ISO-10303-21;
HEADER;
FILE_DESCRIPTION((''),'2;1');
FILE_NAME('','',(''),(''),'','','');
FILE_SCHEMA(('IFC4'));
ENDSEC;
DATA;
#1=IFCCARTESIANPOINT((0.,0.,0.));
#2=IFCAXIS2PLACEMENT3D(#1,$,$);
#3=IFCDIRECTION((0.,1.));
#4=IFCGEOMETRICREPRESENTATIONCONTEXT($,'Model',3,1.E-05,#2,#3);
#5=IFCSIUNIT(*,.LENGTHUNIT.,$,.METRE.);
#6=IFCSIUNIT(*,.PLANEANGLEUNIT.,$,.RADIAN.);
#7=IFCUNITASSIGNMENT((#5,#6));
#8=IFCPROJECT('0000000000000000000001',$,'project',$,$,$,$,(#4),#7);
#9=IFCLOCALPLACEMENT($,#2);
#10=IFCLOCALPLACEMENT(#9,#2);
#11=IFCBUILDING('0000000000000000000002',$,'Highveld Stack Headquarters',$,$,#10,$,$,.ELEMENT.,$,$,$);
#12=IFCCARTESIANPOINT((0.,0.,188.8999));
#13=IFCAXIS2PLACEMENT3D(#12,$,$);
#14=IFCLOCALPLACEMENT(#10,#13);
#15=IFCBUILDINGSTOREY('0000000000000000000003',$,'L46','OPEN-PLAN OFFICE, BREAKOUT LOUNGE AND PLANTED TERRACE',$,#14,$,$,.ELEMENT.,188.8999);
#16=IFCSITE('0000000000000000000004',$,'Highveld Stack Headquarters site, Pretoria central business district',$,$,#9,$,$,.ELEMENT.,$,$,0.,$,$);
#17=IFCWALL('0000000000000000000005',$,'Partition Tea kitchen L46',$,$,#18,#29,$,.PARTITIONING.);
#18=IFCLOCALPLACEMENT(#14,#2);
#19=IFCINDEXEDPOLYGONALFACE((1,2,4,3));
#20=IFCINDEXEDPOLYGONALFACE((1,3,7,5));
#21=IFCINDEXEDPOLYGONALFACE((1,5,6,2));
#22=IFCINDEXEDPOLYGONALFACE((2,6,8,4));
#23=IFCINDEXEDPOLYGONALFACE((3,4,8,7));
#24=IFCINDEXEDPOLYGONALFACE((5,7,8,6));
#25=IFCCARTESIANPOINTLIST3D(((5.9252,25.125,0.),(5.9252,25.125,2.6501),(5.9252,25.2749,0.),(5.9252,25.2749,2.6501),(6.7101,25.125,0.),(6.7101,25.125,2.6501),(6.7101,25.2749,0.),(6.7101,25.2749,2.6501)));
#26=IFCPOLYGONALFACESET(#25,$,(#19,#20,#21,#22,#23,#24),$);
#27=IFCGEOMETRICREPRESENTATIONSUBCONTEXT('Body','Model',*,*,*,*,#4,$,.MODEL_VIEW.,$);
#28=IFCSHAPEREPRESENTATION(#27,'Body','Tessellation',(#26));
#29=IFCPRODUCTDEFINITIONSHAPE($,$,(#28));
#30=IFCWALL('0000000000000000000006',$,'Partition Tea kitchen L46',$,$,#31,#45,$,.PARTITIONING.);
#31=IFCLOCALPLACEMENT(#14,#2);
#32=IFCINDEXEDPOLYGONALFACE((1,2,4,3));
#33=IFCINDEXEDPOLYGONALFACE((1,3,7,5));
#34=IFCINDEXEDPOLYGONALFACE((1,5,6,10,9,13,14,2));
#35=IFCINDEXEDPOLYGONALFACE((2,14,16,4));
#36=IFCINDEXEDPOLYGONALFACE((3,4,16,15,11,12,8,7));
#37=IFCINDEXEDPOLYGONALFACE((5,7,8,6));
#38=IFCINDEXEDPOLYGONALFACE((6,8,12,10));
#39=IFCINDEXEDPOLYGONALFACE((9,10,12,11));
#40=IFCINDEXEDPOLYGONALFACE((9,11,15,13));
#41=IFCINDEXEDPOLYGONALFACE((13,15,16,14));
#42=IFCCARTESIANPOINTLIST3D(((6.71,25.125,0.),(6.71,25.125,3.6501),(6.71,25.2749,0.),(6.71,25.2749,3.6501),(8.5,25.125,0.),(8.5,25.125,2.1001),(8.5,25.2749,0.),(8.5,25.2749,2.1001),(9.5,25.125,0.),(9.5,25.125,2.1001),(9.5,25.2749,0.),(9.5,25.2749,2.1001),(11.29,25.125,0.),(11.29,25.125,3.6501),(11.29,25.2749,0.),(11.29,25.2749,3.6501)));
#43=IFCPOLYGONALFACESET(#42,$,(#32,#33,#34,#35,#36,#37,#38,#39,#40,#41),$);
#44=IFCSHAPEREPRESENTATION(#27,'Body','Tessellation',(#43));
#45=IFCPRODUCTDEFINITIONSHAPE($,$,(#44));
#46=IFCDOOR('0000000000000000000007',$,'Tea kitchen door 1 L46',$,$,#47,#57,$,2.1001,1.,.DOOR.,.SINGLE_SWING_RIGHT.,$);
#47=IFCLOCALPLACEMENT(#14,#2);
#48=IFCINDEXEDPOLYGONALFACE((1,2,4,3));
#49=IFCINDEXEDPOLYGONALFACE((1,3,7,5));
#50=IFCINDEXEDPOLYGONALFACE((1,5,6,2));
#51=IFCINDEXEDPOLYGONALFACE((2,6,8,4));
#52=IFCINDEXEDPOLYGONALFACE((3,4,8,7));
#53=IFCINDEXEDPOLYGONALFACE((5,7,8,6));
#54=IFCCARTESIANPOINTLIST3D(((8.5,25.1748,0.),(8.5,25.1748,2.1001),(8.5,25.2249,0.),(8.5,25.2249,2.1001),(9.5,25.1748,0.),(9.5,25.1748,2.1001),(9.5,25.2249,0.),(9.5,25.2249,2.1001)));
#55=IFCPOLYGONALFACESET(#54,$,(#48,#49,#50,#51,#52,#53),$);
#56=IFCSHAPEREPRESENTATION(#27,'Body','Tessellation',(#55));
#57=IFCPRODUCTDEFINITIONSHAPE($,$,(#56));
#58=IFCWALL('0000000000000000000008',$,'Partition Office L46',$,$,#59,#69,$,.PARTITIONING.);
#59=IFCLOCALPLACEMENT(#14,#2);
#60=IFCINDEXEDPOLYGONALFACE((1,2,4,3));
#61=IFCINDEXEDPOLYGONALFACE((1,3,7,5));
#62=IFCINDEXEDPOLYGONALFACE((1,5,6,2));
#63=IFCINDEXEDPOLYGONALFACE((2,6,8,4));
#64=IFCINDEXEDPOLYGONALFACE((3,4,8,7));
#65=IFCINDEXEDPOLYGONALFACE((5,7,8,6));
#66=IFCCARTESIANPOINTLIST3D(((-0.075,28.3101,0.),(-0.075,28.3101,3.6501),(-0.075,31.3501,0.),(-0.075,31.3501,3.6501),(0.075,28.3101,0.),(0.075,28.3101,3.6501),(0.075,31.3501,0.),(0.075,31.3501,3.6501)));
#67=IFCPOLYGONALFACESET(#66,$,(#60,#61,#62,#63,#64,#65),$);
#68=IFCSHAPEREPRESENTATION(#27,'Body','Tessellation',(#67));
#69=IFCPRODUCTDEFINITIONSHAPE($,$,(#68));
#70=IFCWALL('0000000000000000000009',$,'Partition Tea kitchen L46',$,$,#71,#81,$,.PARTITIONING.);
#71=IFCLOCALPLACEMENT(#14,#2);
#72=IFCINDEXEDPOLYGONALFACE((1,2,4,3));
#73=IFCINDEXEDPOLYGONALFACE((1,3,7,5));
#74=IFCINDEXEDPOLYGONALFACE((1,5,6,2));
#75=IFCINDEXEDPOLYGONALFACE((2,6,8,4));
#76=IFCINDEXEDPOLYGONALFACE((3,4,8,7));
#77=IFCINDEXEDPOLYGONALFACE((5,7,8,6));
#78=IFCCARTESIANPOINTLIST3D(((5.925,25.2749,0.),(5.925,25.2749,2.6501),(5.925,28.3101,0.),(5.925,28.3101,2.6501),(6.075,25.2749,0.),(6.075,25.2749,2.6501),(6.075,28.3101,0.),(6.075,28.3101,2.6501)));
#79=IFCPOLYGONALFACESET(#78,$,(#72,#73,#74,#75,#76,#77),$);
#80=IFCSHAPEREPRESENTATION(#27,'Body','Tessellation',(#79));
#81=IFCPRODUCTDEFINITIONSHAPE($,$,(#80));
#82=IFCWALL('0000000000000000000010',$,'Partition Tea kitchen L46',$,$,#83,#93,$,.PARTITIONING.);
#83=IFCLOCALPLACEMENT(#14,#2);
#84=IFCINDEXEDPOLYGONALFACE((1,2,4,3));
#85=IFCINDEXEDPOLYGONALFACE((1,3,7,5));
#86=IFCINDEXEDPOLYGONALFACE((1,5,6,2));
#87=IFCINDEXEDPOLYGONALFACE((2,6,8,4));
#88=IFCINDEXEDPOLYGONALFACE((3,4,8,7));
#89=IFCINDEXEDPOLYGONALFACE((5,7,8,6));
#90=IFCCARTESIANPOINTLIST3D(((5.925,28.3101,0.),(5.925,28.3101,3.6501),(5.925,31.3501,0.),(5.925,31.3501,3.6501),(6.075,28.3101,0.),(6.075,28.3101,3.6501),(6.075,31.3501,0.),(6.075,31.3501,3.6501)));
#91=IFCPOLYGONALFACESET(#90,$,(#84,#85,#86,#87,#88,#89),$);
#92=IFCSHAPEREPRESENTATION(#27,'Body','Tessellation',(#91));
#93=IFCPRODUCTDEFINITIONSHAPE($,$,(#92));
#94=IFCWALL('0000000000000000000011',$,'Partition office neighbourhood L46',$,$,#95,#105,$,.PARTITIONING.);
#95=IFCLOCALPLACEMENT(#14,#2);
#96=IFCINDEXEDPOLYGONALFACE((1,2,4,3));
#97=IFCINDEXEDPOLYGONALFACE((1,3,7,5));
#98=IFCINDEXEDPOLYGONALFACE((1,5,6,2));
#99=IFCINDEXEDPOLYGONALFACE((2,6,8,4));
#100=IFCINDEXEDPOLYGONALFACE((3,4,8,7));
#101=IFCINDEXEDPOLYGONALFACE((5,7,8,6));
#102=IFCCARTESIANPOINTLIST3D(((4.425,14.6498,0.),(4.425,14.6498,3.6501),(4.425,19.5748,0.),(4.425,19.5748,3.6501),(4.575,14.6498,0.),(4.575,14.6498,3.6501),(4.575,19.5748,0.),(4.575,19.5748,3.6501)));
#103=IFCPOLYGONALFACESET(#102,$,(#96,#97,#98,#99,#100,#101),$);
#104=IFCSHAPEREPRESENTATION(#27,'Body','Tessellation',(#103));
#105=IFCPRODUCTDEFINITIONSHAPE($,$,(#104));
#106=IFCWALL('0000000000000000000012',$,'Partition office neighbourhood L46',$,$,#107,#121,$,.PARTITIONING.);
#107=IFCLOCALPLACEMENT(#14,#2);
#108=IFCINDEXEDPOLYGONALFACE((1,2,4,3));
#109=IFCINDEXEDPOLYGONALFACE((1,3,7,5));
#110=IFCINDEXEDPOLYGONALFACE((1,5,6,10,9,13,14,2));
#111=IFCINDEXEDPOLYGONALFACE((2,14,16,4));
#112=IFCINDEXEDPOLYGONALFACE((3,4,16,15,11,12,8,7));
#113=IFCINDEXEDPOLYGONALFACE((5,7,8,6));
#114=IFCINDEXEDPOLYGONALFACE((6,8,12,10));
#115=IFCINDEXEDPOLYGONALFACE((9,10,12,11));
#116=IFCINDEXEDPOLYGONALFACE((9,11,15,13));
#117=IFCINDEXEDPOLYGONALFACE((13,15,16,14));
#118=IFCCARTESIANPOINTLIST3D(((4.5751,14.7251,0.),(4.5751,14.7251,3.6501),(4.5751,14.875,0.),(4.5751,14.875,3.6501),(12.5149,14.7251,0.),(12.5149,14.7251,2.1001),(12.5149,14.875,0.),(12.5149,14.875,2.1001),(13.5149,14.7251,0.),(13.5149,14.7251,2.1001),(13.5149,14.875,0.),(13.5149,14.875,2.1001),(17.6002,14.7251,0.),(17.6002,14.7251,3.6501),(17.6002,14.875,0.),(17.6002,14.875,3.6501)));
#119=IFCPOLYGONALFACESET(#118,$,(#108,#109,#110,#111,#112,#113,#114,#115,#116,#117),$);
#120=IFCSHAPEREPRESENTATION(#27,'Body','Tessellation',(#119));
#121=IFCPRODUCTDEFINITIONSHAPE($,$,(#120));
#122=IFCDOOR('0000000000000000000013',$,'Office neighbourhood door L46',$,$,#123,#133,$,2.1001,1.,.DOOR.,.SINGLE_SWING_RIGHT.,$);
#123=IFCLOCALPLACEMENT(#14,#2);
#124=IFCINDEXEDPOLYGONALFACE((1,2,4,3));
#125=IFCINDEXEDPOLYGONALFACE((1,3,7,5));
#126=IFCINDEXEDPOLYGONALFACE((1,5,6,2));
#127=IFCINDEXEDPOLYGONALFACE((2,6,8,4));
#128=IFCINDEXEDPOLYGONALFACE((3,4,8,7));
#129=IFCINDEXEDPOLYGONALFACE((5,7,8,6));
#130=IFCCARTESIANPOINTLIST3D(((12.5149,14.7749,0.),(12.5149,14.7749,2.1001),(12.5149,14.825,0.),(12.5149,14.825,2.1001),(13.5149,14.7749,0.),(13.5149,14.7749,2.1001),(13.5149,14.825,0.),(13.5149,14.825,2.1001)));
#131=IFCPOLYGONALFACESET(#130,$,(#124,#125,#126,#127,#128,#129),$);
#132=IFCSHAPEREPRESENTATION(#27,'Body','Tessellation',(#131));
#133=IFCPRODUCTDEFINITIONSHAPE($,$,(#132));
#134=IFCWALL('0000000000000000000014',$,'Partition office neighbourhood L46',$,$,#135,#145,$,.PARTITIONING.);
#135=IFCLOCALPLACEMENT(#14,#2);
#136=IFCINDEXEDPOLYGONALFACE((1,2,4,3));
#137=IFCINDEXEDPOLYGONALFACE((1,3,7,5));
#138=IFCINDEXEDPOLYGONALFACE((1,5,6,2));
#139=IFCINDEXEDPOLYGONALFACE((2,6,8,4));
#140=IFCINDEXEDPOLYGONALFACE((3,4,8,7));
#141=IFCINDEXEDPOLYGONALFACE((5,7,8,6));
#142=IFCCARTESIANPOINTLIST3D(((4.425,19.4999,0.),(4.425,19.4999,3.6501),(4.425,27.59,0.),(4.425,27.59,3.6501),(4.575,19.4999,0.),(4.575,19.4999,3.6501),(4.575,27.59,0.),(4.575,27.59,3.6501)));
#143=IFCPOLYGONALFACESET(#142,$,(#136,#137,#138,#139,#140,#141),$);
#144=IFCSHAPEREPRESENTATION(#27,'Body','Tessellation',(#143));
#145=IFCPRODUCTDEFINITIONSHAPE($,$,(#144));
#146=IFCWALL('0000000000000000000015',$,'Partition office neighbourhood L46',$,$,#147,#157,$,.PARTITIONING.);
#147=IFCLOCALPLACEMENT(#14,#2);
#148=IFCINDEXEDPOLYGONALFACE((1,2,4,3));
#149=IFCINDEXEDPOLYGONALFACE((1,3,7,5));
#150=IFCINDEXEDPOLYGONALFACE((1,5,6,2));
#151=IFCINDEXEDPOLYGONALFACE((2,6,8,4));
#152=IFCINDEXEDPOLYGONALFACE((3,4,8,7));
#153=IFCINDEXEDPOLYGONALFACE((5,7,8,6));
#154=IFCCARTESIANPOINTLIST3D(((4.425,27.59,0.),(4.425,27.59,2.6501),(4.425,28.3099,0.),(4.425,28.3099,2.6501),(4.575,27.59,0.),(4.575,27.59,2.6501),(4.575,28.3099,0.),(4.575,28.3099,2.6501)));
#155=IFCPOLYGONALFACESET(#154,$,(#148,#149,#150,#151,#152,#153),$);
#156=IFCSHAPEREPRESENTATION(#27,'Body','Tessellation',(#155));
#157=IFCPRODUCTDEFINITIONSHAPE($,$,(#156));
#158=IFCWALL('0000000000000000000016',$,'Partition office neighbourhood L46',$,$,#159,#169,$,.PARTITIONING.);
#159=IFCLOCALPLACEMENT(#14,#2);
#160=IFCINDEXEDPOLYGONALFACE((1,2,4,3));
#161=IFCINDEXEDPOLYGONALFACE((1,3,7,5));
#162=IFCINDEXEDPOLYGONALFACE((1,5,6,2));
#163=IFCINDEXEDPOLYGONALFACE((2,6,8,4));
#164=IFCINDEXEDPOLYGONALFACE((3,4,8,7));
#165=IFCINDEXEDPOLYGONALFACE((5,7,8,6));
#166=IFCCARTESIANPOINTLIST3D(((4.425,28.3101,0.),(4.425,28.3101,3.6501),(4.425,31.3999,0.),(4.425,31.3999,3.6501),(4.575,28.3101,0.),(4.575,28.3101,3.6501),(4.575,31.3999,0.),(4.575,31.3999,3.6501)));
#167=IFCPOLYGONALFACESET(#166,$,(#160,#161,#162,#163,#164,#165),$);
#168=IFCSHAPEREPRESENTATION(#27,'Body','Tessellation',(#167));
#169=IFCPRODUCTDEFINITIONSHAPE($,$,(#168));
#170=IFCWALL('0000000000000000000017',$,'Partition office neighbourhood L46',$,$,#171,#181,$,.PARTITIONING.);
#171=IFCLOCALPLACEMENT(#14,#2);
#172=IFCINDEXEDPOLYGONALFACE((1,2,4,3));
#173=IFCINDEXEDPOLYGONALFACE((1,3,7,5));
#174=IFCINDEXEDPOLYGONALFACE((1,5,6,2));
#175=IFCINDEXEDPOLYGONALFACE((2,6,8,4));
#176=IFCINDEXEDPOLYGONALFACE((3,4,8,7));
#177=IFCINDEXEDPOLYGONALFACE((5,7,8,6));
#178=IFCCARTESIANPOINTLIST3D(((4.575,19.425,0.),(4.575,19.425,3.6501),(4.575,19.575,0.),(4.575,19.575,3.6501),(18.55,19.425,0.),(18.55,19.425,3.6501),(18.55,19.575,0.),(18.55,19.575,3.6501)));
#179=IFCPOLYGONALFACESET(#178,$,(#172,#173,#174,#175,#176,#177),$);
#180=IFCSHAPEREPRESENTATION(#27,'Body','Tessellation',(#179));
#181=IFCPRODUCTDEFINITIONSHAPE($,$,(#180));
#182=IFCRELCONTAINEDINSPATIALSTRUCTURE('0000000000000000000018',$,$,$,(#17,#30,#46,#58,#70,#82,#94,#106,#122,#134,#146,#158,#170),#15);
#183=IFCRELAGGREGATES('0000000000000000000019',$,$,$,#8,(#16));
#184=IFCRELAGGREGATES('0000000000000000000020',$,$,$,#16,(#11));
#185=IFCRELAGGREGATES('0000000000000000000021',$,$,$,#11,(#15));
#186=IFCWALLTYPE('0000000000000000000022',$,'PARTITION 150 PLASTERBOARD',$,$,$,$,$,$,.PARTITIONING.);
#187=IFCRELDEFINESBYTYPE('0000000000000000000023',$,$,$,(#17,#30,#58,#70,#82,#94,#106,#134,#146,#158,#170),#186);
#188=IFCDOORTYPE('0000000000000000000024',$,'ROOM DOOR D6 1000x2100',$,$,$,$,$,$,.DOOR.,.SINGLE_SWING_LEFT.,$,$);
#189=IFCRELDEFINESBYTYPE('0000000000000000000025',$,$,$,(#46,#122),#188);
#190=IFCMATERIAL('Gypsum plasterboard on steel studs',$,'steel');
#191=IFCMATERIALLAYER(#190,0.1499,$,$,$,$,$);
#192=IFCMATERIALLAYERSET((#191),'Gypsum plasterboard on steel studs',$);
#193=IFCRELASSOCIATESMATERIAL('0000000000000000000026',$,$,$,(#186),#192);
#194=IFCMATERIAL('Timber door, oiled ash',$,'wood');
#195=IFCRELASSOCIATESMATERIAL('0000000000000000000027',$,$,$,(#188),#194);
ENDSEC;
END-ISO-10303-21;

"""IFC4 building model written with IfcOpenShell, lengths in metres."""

from ifc_helpers import new_model, si_unit, direction, frame, frame_2d, origin, place, context, subcontext, project, spatial, rectangle, extrude, material, layer, layer_set, type_object, element, fill, save


model = new_model("IFC4")

# Units and contexts
model_context = context("Model", 3, precision=1e-05, world=origin(), true_north=direction((0.0, 1.0)))
body_context = subcontext(model_context, "Body", "Model", "MODEL_VIEW")
ifc_project = project(units=[si_unit("LENGTHUNIT", "METRE"), si_unit("PLANEANGLEUNIT", "RADIAN")], contexts=[model_context])

# Site, building, storey
site_placement = place(None, origin())
site = spatial("IfcSite", under=ifc_project, at=site_placement, Name="Highveld Stack Headquarters site, Pretoria central business district", CompositionType="ELEMENT", RefElevation=0.0)
building_placement = place(site_placement, origin())
building = spatial("IfcBuilding", under=site, at=building_placement, Name="Highveld Stack Headquarters", CompositionType="ELEMENT")
storey_placement = place(building_placement, frame((0.0, 0.0, 188.8999)))
storey = spatial("IfcBuildingStorey", under=building, at=storey_placement, Name="L46", Description="OPEN-PLAN OFFICE, BREAKOUT LOUNGE AND PLANTED TERRACE", CompositionType="ELEMENT", Elevation=188.8999)

# Wall
ifc_material_1 = material(Name="Gypsum plasterboard on steel studs", Category="steel")
ifc_layer_1 = layer(ifc_material_1, 0.1499)
ifc_layer_set_1 = layer_set([ifc_layer_1], Name="Gypsum plasterboard on steel studs")
wall_type = type_object("IfcWallType", Name="PARTITION 150 PLASTERBOARD", PredefinedType="PARTITIONING", material=ifc_layer_set_1)
wall_1_placement = place(storey_placement, frame((5.925, 25.2, 0.0), z_axis=(0.0, 0.0, 1.0), x_axis=(1.0, 0.0, 0.0)))
element("IfcWall", 1, at=wall_1_placement, inside=storey, type_object=wall_type, Name="Partition Tea kitchen L46", PredefinedType="PARTITIONING", context=body_context, shape_type="SweptSolid", body=[
    extrude(rectangle(XDim=0.7849, YDim=0.1499, at=frame_2d((0.3926, 0.0))), origin(), (0.0, 0.0, 1.0), 2.6501),
])

# Wall, opening, door
wall_2_placement = place(storey_placement, frame((6.71, 25.2, 0.0), z_axis=(0.0, 0.0, 1.0), x_axis=(1.0, 0.0, 0.0)))
wall_2 = element("IfcWall", 2, at=wall_2_placement, inside=storey, type_object=wall_type, Name="Partition Tea kitchen L46", PredefinedType="PARTITIONING", context=body_context, shape_type="SweptSolid", body=[
    extrude(rectangle(XDim=4.5801, YDim=0.1499, at=frame_2d((2.29, 0.0))), origin(), (0.0, 0.0, 1.0), 3.6501),
])
opening_1_placement = place(wall_2_placement, frame((1.79, 0.0, 0.0)))
opening_1 = element("IfcOpeningElement", 3, at=opening_1_placement, cuts=wall_2, PredefinedType="OPENING", context=body_context, shape_type="SweptSolid", body=[
    extrude(rectangle(XDim=1.0, YDim=2.1001, at=frame_2d((0.5, 1.05))), frame((0.0, 0.085, 0.0), z_axis=(0.0, -1.0, 0.0), x_axis=(1.0, 0.0, 0.0)), (0.0, 0.0, 1.0), 0.1699),
])
ifc_material_2 = material(Name="Timber door, oiled ash", Category="wood")
door_type = type_object("IfcDoorType", Name="ROOM DOOR D6 1000x2100", OperationType="SINGLE_SWING_LEFT", PredefinedType="DOOR", material=ifc_material_2)
door_1_placement = place(opening_1_placement, origin())
door_1 = element("IfcDoor", 4, at=door_1_placement, inside=storey, type_object=door_type, Name="Tea kitchen door 1 L46", OperationType="SINGLE_SWING_RIGHT", OverallHeight=2.1001, OverallWidth=1.0, PredefinedType="DOOR", context=body_context, shape_type="SweptSolid", body=[
    extrude(rectangle(XDim=1.0, YDim=2.1001, at=frame_2d((0.5, 1.05))), frame((0.0, 0.0249, 0.0), z_axis=(0.0, -1.0, 0.0), x_axis=(1.0, 0.0, 0.0)), (0.0, 0.0, 1.0), 0.05),
])
fill(opening_1, door_1)

# Walls
wall_3_placement = place(storey_placement, frame((0.0, 28.3101, 0.0), z_axis=(0.0, 0.0, 1.0), x_axis=(0.0, 1.0, 0.0)))
element("IfcWall", 5, at=wall_3_placement, inside=storey, type_object=wall_type, Name="Partition Office L46", PredefinedType="PARTITIONING", context=body_context, shape_type="SweptSolid", body=[
    extrude(rectangle(XDim=3.04, YDim=0.1499, at=frame_2d((1.52, 0.0))), origin(), (0.0, 0.0, 1.0), 3.6501),
])
wall_4_placement = place(storey_placement, frame((6.0, 25.2749, 0.0), z_axis=(0.0, 0.0, 1.0), x_axis=(0.0, 1.0, 0.0)))
element("IfcWall", 6, at=wall_4_placement, inside=storey, type_object=wall_type, Name="Partition Tea kitchen L46", PredefinedType="PARTITIONING", context=body_context, shape_type="SweptSolid", body=[
    extrude(rectangle(XDim=3.0352, YDim=0.1499, at=frame_2d((1.5176, 0.0))), origin(), (0.0, 0.0, 1.0), 2.6501),
])
wall_5_placement = place(storey_placement, frame((6.0, 28.3101, 0.0), z_axis=(0.0, 0.0, 1.0), x_axis=(0.0, 1.0, 0.0)))
element("IfcWall", 7, at=wall_5_placement, inside=storey, type_object=wall_type, Name="Partition Tea kitchen L46", PredefinedType="PARTITIONING", context=body_context, shape_type="SweptSolid", body=[
    extrude(rectangle(XDim=3.04, YDim=0.1499, at=frame_2d((1.52, 0.0))), origin(), (0.0, 0.0, 1.0), 3.6501),
])
wall_6_placement = place(storey_placement, frame((4.5, 14.6499, 0.0), z_axis=(0.0, 0.0, 1.0), x_axis=(0.0, 1.0, 0.0)))
element("IfcWall", 8, at=wall_6_placement, inside=storey, type_object=wall_type, Name="Partition office neighbourhood L46", PredefinedType="PARTITIONING", context=body_context, shape_type="SweptSolid", body=[
    extrude(rectangle(XDim=4.925, YDim=0.1499, at=frame_2d((2.4624, 0.0))), origin(), (0.0, 0.0, 1.0), 3.6501),
])

# Wall, opening, door
wall_7_placement = place(storey_placement, frame((4.575, 14.8, 0.0), z_axis=(0.0, 0.0, 1.0), x_axis=(1.0, 0.0, 0.0)))
wall_7 = element("IfcWall", 9, at=wall_7_placement, inside=storey, type_object=wall_type, Name="Partition office neighbourhood L46", PredefinedType="PARTITIONING", context=body_context, shape_type="SweptSolid", body=[
    extrude(rectangle(XDim=13.0251, YDim=0.1499, at=frame_2d((6.5127, 0.0))), origin(), (0.0, 0.0, 1.0), 3.6501),
])
opening_2_placement = place(wall_7_placement, frame((7.9399, 0.0, 0.0)))
opening_2 = element("IfcOpeningElement", 10, at=opening_2_placement, cuts=wall_7, PredefinedType="OPENING", context=body_context, shape_type="SweptSolid", body=[
    extrude(rectangle(XDim=1.0, YDim=2.1001, at=frame_2d((0.5, 1.05))), frame((0.0, 0.085, 0.0), z_axis=(0.0, -1.0, 0.0), x_axis=(1.0, 0.0, 0.0)), (0.0, 0.0, 1.0), 0.1699),
])
door_2_placement = place(opening_2_placement, origin())
door_2 = element("IfcDoor", 11, at=door_2_placement, inside=storey, type_object=door_type, Name="Office neighbourhood door L46", OperationType="SINGLE_SWING_RIGHT", OverallHeight=2.1001, OverallWidth=1.0, PredefinedType="DOOR", context=body_context, shape_type="SweptSolid", body=[
    extrude(rectangle(XDim=1.0, YDim=2.1001, at=frame_2d((0.5, 1.05))), frame((0.0, 0.0249, 0.0), z_axis=(0.0, -1.0, 0.0), x_axis=(1.0, 0.0, 0.0)), (0.0, 0.0, 1.0), 0.05),
])
fill(opening_2, door_2)

# Walls
wall_8_placement = place(storey_placement, frame((4.5, 19.5, 0.0), z_axis=(0.0, 0.0, 1.0), x_axis=(0.0, 1.0, 0.0)))
element("IfcWall", 12, at=wall_8_placement, inside=storey, type_object=wall_type, Name="Partition office neighbourhood L46", PredefinedType="PARTITIONING", context=body_context, shape_type="SweptSolid", body=[
    extrude(rectangle(XDim=8.0901, YDim=0.1499, at=frame_2d((4.0449, 0.0))), origin(), (0.0, 0.0, 1.0), 3.6501),
])
wall_9_placement = place(storey_placement, frame((4.5, 27.5901, 0.0), z_axis=(0.0, 0.0, 1.0), x_axis=(0.0, 1.0, 0.0)))
element("IfcWall", 13, at=wall_9_placement, inside=storey, type_object=wall_type, Name="Partition office neighbourhood L46", PredefinedType="PARTITIONING", context=body_context, shape_type="SweptSolid", body=[
    extrude(rectangle(XDim=0.72, YDim=0.1499, at=frame_2d((0.3599, 0.0))), origin(), (0.0, 0.0, 1.0), 2.6501),
])
wall_10_placement = place(storey_placement, frame((4.5, 28.3101, 0.0), z_axis=(0.0, 0.0, 1.0), x_axis=(0.0, 1.0, 0.0)))
element("IfcWall", 14, at=wall_10_placement, inside=storey, type_object=wall_type, Name="Partition office neighbourhood L46", PredefinedType="PARTITIONING", context=body_context, shape_type="SweptSolid", body=[
    extrude(rectangle(XDim=3.0898, YDim=0.1499, at=frame_2d((1.5449, 0.0))), origin(), (0.0, 0.0, 1.0), 3.6501),
])
wall_11_placement = place(storey_placement, frame((4.575, 19.5, 0.0), z_axis=(0.0, 0.0, 1.0), x_axis=(1.0, 0.0, 0.0)))
element("IfcWall", 15, at=wall_11_placement, inside=storey, type_object=wall_type, Name="Partition office neighbourhood L46", PredefinedType="PARTITIONING", context=body_context, shape_type="SweptSolid", body=[
    extrude(rectangle(XDim=13.9751, YDim=0.1499, at=frame_2d((6.9875, 0.0))), origin(), (0.0, 0.0, 1.0), 3.6501),
])

save(model, "model.ifc")
